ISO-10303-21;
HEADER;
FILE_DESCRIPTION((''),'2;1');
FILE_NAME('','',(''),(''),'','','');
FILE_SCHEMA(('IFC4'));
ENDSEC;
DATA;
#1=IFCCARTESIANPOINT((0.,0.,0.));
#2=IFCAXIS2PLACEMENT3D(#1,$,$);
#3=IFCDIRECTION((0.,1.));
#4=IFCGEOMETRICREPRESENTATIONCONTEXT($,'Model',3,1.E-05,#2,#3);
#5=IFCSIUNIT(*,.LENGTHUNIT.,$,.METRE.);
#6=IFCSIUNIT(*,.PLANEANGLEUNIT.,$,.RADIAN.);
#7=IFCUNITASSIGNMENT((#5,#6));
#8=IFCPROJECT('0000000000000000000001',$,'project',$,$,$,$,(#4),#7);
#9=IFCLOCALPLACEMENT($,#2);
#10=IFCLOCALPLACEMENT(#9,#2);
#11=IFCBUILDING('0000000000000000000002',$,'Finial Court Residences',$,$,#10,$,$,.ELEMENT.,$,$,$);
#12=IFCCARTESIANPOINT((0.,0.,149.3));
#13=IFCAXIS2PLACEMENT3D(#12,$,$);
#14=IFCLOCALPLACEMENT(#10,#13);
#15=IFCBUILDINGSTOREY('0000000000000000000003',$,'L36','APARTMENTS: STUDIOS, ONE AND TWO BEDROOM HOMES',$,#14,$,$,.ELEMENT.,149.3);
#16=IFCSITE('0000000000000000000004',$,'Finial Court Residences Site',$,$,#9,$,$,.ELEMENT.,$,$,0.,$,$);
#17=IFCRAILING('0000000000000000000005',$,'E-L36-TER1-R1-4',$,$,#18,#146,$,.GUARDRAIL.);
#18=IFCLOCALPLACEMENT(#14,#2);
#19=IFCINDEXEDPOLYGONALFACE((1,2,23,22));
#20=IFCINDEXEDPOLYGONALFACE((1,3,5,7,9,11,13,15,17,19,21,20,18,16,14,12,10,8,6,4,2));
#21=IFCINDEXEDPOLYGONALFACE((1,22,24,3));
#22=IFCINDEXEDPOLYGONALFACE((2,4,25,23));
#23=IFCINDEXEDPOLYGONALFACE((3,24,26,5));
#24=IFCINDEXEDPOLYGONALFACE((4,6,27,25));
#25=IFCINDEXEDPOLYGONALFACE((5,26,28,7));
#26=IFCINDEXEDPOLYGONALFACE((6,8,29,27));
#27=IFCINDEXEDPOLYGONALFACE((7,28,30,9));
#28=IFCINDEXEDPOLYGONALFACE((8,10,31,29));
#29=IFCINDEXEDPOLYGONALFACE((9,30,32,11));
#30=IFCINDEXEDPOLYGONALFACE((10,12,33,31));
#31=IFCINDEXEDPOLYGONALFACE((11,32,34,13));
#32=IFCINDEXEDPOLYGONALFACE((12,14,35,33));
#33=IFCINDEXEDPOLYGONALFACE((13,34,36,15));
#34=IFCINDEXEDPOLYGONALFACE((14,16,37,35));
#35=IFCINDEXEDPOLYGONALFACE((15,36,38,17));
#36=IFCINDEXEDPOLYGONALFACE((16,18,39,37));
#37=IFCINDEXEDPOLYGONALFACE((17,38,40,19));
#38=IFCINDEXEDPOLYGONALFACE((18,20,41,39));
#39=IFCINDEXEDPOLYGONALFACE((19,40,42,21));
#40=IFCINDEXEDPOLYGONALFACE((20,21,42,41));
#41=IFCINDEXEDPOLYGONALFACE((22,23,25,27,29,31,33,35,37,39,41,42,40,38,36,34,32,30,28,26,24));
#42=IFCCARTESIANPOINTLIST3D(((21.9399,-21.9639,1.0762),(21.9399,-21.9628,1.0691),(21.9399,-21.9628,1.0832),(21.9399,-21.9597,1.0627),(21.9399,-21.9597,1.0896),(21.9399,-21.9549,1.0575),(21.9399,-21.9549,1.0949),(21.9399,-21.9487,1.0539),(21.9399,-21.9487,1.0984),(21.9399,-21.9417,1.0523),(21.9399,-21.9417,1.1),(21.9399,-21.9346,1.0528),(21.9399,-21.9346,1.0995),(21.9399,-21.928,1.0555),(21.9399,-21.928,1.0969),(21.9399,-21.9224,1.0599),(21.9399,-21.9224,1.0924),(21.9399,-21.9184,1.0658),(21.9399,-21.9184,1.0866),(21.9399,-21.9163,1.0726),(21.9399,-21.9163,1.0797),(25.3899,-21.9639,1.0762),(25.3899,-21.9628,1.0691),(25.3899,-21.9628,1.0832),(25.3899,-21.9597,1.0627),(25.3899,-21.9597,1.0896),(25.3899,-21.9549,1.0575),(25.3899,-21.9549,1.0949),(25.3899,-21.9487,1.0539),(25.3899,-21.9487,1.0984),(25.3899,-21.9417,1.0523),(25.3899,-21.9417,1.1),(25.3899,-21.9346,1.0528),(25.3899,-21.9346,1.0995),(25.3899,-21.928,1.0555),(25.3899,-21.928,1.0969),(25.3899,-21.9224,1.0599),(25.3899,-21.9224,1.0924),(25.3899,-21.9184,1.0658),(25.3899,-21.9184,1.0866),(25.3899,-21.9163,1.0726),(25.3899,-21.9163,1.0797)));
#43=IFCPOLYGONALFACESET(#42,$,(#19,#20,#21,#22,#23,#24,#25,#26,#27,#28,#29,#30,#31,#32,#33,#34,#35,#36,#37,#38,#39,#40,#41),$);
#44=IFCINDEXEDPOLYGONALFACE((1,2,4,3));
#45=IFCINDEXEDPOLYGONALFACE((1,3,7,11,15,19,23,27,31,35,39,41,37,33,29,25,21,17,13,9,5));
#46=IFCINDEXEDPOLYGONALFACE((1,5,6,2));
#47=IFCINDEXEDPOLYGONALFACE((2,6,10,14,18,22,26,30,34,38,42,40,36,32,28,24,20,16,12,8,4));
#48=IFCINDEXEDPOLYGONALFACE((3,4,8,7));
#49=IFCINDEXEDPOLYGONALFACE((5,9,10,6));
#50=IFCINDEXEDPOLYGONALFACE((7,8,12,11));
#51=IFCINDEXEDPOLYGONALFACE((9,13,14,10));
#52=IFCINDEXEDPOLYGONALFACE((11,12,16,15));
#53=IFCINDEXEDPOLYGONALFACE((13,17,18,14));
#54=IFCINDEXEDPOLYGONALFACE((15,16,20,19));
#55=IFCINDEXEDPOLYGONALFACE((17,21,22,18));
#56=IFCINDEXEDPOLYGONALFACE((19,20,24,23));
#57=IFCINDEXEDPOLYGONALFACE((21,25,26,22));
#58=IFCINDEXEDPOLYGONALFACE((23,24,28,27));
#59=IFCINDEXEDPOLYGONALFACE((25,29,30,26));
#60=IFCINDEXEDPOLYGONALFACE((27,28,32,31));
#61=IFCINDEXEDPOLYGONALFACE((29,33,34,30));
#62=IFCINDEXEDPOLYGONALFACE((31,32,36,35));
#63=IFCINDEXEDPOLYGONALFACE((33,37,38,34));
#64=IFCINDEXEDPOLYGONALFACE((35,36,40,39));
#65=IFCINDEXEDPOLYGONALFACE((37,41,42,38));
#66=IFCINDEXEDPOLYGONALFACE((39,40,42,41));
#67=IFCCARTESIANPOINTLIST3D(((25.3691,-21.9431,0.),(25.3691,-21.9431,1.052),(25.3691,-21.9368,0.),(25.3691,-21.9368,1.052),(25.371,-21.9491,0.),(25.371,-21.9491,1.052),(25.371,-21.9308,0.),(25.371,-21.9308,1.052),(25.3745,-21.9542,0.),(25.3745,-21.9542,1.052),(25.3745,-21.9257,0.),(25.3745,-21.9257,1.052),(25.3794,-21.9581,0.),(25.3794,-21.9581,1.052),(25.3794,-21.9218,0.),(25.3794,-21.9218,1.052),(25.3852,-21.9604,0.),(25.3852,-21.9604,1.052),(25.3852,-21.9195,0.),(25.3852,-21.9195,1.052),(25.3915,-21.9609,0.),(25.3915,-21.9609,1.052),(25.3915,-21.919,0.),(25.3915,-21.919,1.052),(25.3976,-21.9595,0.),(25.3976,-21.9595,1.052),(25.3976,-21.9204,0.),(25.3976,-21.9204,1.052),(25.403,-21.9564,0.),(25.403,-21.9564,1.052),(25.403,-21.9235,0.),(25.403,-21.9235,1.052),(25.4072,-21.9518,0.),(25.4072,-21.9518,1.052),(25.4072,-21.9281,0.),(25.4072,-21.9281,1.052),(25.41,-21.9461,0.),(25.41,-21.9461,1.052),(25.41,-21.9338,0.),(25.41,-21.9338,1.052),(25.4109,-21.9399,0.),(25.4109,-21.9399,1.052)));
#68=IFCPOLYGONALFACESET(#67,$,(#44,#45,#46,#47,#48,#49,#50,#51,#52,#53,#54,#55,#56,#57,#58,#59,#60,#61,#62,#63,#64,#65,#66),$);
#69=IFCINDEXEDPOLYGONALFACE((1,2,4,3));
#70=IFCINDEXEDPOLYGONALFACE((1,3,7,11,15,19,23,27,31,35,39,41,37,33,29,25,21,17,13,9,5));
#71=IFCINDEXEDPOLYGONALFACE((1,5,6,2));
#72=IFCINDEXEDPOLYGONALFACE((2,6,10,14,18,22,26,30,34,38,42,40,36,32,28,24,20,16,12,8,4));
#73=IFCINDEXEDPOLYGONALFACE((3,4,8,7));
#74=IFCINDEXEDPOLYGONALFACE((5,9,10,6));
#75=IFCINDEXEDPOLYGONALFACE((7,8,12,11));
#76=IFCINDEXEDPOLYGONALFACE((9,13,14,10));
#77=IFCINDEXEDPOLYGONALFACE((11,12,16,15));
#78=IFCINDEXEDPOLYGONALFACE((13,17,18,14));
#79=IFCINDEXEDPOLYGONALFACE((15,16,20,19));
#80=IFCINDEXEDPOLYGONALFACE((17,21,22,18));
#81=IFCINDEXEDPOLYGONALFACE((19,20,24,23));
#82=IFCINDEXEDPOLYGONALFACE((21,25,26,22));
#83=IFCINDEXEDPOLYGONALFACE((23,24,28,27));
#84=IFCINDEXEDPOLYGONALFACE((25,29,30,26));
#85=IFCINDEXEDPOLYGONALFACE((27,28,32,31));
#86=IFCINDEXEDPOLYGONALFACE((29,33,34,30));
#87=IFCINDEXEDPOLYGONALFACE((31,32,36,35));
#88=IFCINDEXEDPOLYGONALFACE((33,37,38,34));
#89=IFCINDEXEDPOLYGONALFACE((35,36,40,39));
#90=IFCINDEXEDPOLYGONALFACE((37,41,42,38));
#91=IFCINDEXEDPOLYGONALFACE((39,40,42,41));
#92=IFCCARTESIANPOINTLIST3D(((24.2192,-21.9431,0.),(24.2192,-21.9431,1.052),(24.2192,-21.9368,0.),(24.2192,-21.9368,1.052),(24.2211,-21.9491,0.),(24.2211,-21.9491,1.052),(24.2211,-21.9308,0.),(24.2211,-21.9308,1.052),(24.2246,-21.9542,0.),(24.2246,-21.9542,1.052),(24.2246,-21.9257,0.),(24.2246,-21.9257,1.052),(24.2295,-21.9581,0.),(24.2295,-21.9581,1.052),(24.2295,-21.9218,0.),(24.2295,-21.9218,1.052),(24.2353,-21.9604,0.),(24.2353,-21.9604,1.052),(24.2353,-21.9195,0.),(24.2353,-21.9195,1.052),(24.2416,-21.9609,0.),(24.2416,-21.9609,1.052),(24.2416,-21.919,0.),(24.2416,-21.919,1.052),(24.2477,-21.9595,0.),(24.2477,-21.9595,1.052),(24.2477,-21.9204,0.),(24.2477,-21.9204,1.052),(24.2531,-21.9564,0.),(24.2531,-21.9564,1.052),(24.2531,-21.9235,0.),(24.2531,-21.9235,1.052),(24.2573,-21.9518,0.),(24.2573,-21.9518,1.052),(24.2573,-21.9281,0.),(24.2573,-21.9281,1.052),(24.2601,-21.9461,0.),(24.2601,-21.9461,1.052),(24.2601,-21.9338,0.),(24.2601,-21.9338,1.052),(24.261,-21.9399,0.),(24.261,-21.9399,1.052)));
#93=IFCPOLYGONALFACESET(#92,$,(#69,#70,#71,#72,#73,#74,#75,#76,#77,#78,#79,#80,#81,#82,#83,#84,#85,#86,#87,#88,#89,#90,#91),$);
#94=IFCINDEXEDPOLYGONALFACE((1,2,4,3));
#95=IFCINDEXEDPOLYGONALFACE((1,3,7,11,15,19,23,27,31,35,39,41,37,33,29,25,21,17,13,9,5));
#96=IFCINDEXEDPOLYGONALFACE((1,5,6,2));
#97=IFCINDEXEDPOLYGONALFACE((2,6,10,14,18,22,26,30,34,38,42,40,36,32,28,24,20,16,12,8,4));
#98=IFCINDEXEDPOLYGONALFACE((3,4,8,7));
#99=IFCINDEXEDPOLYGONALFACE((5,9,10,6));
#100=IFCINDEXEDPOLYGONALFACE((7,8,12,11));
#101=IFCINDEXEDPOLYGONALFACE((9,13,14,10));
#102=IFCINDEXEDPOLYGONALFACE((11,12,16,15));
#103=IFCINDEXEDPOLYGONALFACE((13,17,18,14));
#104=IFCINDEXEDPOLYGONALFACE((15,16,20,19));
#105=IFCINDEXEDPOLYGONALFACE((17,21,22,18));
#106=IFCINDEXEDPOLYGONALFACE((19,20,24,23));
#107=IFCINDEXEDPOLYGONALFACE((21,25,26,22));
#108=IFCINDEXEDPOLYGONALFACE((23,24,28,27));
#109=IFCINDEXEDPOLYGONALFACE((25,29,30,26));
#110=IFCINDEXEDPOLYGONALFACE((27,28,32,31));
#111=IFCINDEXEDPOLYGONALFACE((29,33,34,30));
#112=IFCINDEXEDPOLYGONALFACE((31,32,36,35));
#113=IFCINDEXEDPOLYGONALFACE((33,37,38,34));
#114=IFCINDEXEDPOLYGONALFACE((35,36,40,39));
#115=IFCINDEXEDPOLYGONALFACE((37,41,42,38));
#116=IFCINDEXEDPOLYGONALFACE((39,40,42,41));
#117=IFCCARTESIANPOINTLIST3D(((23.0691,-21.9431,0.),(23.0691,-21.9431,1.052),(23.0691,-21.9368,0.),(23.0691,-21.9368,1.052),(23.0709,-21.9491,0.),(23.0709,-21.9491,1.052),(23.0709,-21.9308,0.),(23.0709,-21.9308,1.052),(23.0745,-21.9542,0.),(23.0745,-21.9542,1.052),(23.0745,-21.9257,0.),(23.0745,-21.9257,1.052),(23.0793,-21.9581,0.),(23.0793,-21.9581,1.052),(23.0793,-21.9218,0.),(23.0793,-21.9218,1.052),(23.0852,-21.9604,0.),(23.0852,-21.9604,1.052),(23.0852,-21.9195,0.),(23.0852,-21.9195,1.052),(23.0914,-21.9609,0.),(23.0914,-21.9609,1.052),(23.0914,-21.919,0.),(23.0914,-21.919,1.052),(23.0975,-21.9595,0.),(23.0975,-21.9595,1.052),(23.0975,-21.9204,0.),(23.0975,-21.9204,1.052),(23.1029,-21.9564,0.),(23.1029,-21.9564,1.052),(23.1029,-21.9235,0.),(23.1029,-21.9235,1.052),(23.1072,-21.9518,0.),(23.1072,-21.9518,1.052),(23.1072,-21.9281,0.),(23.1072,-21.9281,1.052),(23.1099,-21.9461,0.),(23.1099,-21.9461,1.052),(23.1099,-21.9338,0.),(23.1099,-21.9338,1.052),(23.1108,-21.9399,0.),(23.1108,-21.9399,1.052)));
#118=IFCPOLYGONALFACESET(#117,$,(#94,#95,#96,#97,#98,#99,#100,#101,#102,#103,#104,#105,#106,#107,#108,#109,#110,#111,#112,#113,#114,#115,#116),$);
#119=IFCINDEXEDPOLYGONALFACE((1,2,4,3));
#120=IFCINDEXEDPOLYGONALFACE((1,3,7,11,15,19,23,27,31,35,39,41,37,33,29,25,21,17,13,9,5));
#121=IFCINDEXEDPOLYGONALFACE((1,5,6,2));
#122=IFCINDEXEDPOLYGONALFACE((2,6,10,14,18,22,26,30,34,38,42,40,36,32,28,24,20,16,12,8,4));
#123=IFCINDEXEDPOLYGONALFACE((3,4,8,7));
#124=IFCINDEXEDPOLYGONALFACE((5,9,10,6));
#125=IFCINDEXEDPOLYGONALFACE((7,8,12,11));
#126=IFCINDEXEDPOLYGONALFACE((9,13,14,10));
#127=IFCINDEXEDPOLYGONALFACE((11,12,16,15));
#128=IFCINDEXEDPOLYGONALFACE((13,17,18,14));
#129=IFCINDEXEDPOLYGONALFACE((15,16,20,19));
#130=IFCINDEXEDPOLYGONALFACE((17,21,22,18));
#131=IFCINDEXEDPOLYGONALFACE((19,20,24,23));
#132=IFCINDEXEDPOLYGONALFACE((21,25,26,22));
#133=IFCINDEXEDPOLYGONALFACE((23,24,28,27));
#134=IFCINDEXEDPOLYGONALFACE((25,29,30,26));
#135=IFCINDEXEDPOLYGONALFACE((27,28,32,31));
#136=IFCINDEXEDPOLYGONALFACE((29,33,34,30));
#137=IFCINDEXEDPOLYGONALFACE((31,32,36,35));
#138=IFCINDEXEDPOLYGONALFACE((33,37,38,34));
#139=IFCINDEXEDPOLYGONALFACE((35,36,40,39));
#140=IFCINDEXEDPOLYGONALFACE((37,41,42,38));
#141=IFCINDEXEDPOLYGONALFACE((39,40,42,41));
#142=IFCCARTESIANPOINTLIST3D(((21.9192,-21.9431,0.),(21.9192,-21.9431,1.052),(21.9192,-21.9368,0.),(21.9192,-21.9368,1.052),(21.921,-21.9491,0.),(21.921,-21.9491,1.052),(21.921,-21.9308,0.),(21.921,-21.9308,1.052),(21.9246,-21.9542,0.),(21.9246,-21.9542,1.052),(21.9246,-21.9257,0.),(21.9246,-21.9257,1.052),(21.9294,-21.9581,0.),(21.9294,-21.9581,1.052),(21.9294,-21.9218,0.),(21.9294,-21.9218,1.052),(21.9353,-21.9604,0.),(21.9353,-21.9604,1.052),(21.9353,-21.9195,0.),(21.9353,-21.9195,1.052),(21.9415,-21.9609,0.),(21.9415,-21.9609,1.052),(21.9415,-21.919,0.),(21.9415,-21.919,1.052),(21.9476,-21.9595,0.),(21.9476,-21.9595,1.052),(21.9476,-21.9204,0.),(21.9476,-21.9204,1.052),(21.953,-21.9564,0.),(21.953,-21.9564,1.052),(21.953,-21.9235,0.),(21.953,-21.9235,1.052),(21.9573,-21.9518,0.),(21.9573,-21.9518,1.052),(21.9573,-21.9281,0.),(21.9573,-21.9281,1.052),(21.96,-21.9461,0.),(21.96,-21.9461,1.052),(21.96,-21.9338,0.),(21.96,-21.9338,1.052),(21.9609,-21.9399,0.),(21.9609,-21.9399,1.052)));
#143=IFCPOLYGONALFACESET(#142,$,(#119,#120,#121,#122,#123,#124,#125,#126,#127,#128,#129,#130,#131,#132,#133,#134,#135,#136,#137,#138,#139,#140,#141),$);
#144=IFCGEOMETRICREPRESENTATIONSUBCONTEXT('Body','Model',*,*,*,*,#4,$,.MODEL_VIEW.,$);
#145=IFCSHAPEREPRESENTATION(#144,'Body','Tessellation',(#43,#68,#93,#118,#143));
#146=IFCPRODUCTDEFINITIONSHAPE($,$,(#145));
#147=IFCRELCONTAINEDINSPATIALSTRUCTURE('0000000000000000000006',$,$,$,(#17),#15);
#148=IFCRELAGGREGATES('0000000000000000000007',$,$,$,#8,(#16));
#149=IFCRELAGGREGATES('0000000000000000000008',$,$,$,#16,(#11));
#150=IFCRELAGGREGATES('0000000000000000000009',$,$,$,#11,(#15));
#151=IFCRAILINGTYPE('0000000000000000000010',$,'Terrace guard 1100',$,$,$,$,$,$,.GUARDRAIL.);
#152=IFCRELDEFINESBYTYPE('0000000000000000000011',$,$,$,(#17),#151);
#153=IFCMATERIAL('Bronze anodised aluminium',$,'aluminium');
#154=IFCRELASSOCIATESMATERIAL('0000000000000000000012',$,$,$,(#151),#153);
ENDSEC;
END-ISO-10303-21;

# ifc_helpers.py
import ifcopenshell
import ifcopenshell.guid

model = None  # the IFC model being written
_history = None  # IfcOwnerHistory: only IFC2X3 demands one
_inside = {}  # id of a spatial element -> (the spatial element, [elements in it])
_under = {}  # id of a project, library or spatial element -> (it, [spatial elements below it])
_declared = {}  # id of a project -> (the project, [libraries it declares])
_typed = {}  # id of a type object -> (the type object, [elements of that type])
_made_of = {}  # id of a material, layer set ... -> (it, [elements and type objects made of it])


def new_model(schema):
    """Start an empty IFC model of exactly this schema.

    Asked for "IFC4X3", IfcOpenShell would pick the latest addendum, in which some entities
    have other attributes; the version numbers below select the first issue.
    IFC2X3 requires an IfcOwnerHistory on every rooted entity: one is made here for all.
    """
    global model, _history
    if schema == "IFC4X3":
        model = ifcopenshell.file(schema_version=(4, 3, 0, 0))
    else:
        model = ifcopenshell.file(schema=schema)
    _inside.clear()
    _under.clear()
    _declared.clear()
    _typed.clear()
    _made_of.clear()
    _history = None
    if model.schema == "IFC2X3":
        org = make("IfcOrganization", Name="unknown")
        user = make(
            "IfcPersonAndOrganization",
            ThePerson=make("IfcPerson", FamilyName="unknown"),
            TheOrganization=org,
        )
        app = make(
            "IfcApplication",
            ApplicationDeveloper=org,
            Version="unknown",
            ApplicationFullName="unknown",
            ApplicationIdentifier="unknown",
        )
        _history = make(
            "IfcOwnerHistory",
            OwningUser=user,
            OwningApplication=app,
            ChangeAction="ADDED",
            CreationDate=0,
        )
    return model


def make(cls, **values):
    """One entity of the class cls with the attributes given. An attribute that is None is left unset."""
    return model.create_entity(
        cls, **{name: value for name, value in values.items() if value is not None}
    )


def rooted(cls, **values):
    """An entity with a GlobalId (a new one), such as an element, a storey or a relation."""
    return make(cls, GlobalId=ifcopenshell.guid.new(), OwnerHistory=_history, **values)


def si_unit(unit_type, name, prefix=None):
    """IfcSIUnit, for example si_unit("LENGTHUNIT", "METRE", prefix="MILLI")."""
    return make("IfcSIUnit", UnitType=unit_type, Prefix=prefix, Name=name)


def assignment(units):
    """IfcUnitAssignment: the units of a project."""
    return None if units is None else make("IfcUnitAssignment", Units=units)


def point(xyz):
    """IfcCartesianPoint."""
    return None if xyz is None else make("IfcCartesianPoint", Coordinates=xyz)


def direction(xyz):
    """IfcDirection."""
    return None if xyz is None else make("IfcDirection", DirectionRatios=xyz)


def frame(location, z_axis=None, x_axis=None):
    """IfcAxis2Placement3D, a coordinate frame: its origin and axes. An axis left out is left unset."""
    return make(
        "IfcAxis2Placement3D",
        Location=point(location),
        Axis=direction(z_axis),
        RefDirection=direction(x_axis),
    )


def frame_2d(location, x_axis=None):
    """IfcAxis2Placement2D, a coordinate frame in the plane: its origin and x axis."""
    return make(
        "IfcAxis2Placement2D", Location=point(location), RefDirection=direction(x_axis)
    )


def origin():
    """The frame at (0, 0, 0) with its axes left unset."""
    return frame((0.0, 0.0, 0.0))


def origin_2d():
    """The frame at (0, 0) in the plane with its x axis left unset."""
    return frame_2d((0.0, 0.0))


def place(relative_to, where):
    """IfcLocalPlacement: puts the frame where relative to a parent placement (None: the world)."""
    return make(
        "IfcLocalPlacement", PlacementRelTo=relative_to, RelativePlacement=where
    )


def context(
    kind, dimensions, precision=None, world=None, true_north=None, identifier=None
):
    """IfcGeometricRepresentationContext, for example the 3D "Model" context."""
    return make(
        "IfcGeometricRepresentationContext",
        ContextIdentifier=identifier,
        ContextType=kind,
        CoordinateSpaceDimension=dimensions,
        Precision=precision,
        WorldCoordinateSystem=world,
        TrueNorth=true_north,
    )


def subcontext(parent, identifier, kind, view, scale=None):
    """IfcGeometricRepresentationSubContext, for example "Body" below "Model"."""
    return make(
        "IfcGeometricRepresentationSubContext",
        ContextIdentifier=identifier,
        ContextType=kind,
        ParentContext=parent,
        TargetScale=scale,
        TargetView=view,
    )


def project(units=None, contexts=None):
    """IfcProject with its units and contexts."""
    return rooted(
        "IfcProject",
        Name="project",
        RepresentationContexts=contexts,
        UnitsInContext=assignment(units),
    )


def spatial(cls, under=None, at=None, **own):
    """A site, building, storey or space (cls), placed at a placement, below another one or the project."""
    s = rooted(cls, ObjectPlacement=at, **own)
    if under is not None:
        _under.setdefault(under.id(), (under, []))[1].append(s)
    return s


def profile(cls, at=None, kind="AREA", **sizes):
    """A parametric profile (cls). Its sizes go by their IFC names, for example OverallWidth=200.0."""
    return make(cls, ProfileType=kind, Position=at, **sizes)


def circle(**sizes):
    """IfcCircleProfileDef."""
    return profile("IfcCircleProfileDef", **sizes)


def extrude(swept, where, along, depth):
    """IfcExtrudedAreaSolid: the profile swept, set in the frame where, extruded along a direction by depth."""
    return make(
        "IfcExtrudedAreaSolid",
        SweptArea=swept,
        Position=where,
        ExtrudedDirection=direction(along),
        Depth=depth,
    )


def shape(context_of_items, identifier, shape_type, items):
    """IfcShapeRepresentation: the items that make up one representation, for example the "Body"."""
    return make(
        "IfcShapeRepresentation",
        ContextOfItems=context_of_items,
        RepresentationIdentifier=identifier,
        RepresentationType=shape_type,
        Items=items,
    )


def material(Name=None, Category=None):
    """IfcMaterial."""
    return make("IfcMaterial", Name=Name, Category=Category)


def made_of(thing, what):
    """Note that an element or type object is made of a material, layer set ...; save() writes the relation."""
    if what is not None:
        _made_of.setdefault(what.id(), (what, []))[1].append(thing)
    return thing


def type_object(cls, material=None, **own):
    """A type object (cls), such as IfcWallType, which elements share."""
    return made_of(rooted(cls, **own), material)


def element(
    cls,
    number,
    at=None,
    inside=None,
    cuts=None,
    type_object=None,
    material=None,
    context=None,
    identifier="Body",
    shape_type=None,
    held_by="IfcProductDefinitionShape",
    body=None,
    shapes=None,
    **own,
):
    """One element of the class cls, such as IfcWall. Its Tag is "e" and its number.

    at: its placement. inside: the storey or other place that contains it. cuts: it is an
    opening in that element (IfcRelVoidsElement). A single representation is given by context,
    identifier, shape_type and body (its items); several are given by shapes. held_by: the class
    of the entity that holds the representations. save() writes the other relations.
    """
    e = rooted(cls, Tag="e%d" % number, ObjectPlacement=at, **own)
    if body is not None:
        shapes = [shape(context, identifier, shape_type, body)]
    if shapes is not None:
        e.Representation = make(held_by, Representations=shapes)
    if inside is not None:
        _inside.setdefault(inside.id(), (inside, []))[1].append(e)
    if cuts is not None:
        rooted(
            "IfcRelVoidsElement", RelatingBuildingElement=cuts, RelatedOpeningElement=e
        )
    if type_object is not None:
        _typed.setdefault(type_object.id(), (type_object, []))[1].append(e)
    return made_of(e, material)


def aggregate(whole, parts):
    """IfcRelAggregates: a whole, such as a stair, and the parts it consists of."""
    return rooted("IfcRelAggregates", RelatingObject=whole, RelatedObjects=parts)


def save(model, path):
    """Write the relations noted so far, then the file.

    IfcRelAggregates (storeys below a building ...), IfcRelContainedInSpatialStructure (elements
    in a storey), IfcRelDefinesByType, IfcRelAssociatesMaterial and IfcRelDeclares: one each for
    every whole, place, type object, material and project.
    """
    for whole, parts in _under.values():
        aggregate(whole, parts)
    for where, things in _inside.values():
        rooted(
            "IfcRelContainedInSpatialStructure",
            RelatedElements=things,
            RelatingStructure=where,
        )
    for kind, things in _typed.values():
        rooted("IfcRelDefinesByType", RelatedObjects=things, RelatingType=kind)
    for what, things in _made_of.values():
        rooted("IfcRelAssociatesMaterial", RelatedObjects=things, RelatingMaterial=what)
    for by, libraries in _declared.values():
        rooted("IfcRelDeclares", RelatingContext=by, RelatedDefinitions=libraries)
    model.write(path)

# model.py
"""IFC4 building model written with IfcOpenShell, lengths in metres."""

from ifc_helpers import new_model, si_unit, direction, frame, origin, origin_2d, place, context, subcontext, project, spatial, circle, extrude, material, type_object, element, save


model = new_model("IFC4")

# Units and contexts
model_context = context("Model", 3, precision=1e-05, world=origin(), true_north=direction((0.0, 1.0)))
body_context = subcontext(model_context, "Body", "Model", "MODEL_VIEW")
ifc_project = project(units=[si_unit("LENGTHUNIT", "METRE"), si_unit("PLANEANGLEUNIT", "RADIAN")], contexts=[model_context])

# Site, building, storey
site_placement = place(None, origin())
site = spatial("IfcSite", under=ifc_project, at=site_placement, Name="Finial Court Residences Site", CompositionType="ELEMENT", RefElevation=0.0)
building_placement = place(site_placement, origin())
building = spatial("IfcBuilding", under=site, at=building_placement, Name="Finial Court Residences", CompositionType="ELEMENT")
storey_placement = place(building_placement, frame((0.0, 0.0, 149.3)))
storey = spatial("IfcBuildingStorey", under=building, at=storey_placement, Name="L36", Description="APARTMENTS: STUDIOS, ONE AND TWO BEDROOM HOMES", CompositionType="ELEMENT", Elevation=149.3)

# Shared definitions
ifc_material_1 = material(Name="Bronze anodised aluminium", Category="aluminium")

# Railing
railing_type_1 = type_object("IfcRailingType", Name="Terrace guard 1100", PredefinedType="GUARDRAIL", material=ifc_material_1)
railing_1_placement = place(storey_placement, frame((25.3899, -21.9399, 0.0)))
element("IfcRailing", 1, at=railing_1_placement, inside=storey, type_object=railing_type_1, Name="E-L36-TER1-R1-4", PredefinedType="GUARDRAIL", context=body_context, shape_type="SweptSolid", body=[
    extrude(circle(Radius=0.0239, at=origin_2d()), frame((0.0, 0.0, 1.0762), z_axis=(-1.0, 0.0, 0.0), x_axis=(0.0, -1.0, 0.0)), (0.0, 0.0, 1.0), 3.45),
    extrude(circle(Radius=0.021, at=origin_2d()), origin(), (0.0, 0.0, 1.0), 1.052),
    extrude(circle(Radius=0.021, at=origin_2d()), frame((-1.1499, 0.0, 0.0)), (0.0, 0.0, 1.0), 1.052),
    extrude(circle(Radius=0.021, at=origin_2d()), frame((-2.3, 0.0, 0.0)), (0.0, 0.0, 1.0), 1.052),
    extrude(circle(Radius=0.021, at=origin_2d()), frame((-3.45, 0.0, 0.0)), (0.0, 0.0, 1.0), 1.052),
])

save(model, "model.ifc")
